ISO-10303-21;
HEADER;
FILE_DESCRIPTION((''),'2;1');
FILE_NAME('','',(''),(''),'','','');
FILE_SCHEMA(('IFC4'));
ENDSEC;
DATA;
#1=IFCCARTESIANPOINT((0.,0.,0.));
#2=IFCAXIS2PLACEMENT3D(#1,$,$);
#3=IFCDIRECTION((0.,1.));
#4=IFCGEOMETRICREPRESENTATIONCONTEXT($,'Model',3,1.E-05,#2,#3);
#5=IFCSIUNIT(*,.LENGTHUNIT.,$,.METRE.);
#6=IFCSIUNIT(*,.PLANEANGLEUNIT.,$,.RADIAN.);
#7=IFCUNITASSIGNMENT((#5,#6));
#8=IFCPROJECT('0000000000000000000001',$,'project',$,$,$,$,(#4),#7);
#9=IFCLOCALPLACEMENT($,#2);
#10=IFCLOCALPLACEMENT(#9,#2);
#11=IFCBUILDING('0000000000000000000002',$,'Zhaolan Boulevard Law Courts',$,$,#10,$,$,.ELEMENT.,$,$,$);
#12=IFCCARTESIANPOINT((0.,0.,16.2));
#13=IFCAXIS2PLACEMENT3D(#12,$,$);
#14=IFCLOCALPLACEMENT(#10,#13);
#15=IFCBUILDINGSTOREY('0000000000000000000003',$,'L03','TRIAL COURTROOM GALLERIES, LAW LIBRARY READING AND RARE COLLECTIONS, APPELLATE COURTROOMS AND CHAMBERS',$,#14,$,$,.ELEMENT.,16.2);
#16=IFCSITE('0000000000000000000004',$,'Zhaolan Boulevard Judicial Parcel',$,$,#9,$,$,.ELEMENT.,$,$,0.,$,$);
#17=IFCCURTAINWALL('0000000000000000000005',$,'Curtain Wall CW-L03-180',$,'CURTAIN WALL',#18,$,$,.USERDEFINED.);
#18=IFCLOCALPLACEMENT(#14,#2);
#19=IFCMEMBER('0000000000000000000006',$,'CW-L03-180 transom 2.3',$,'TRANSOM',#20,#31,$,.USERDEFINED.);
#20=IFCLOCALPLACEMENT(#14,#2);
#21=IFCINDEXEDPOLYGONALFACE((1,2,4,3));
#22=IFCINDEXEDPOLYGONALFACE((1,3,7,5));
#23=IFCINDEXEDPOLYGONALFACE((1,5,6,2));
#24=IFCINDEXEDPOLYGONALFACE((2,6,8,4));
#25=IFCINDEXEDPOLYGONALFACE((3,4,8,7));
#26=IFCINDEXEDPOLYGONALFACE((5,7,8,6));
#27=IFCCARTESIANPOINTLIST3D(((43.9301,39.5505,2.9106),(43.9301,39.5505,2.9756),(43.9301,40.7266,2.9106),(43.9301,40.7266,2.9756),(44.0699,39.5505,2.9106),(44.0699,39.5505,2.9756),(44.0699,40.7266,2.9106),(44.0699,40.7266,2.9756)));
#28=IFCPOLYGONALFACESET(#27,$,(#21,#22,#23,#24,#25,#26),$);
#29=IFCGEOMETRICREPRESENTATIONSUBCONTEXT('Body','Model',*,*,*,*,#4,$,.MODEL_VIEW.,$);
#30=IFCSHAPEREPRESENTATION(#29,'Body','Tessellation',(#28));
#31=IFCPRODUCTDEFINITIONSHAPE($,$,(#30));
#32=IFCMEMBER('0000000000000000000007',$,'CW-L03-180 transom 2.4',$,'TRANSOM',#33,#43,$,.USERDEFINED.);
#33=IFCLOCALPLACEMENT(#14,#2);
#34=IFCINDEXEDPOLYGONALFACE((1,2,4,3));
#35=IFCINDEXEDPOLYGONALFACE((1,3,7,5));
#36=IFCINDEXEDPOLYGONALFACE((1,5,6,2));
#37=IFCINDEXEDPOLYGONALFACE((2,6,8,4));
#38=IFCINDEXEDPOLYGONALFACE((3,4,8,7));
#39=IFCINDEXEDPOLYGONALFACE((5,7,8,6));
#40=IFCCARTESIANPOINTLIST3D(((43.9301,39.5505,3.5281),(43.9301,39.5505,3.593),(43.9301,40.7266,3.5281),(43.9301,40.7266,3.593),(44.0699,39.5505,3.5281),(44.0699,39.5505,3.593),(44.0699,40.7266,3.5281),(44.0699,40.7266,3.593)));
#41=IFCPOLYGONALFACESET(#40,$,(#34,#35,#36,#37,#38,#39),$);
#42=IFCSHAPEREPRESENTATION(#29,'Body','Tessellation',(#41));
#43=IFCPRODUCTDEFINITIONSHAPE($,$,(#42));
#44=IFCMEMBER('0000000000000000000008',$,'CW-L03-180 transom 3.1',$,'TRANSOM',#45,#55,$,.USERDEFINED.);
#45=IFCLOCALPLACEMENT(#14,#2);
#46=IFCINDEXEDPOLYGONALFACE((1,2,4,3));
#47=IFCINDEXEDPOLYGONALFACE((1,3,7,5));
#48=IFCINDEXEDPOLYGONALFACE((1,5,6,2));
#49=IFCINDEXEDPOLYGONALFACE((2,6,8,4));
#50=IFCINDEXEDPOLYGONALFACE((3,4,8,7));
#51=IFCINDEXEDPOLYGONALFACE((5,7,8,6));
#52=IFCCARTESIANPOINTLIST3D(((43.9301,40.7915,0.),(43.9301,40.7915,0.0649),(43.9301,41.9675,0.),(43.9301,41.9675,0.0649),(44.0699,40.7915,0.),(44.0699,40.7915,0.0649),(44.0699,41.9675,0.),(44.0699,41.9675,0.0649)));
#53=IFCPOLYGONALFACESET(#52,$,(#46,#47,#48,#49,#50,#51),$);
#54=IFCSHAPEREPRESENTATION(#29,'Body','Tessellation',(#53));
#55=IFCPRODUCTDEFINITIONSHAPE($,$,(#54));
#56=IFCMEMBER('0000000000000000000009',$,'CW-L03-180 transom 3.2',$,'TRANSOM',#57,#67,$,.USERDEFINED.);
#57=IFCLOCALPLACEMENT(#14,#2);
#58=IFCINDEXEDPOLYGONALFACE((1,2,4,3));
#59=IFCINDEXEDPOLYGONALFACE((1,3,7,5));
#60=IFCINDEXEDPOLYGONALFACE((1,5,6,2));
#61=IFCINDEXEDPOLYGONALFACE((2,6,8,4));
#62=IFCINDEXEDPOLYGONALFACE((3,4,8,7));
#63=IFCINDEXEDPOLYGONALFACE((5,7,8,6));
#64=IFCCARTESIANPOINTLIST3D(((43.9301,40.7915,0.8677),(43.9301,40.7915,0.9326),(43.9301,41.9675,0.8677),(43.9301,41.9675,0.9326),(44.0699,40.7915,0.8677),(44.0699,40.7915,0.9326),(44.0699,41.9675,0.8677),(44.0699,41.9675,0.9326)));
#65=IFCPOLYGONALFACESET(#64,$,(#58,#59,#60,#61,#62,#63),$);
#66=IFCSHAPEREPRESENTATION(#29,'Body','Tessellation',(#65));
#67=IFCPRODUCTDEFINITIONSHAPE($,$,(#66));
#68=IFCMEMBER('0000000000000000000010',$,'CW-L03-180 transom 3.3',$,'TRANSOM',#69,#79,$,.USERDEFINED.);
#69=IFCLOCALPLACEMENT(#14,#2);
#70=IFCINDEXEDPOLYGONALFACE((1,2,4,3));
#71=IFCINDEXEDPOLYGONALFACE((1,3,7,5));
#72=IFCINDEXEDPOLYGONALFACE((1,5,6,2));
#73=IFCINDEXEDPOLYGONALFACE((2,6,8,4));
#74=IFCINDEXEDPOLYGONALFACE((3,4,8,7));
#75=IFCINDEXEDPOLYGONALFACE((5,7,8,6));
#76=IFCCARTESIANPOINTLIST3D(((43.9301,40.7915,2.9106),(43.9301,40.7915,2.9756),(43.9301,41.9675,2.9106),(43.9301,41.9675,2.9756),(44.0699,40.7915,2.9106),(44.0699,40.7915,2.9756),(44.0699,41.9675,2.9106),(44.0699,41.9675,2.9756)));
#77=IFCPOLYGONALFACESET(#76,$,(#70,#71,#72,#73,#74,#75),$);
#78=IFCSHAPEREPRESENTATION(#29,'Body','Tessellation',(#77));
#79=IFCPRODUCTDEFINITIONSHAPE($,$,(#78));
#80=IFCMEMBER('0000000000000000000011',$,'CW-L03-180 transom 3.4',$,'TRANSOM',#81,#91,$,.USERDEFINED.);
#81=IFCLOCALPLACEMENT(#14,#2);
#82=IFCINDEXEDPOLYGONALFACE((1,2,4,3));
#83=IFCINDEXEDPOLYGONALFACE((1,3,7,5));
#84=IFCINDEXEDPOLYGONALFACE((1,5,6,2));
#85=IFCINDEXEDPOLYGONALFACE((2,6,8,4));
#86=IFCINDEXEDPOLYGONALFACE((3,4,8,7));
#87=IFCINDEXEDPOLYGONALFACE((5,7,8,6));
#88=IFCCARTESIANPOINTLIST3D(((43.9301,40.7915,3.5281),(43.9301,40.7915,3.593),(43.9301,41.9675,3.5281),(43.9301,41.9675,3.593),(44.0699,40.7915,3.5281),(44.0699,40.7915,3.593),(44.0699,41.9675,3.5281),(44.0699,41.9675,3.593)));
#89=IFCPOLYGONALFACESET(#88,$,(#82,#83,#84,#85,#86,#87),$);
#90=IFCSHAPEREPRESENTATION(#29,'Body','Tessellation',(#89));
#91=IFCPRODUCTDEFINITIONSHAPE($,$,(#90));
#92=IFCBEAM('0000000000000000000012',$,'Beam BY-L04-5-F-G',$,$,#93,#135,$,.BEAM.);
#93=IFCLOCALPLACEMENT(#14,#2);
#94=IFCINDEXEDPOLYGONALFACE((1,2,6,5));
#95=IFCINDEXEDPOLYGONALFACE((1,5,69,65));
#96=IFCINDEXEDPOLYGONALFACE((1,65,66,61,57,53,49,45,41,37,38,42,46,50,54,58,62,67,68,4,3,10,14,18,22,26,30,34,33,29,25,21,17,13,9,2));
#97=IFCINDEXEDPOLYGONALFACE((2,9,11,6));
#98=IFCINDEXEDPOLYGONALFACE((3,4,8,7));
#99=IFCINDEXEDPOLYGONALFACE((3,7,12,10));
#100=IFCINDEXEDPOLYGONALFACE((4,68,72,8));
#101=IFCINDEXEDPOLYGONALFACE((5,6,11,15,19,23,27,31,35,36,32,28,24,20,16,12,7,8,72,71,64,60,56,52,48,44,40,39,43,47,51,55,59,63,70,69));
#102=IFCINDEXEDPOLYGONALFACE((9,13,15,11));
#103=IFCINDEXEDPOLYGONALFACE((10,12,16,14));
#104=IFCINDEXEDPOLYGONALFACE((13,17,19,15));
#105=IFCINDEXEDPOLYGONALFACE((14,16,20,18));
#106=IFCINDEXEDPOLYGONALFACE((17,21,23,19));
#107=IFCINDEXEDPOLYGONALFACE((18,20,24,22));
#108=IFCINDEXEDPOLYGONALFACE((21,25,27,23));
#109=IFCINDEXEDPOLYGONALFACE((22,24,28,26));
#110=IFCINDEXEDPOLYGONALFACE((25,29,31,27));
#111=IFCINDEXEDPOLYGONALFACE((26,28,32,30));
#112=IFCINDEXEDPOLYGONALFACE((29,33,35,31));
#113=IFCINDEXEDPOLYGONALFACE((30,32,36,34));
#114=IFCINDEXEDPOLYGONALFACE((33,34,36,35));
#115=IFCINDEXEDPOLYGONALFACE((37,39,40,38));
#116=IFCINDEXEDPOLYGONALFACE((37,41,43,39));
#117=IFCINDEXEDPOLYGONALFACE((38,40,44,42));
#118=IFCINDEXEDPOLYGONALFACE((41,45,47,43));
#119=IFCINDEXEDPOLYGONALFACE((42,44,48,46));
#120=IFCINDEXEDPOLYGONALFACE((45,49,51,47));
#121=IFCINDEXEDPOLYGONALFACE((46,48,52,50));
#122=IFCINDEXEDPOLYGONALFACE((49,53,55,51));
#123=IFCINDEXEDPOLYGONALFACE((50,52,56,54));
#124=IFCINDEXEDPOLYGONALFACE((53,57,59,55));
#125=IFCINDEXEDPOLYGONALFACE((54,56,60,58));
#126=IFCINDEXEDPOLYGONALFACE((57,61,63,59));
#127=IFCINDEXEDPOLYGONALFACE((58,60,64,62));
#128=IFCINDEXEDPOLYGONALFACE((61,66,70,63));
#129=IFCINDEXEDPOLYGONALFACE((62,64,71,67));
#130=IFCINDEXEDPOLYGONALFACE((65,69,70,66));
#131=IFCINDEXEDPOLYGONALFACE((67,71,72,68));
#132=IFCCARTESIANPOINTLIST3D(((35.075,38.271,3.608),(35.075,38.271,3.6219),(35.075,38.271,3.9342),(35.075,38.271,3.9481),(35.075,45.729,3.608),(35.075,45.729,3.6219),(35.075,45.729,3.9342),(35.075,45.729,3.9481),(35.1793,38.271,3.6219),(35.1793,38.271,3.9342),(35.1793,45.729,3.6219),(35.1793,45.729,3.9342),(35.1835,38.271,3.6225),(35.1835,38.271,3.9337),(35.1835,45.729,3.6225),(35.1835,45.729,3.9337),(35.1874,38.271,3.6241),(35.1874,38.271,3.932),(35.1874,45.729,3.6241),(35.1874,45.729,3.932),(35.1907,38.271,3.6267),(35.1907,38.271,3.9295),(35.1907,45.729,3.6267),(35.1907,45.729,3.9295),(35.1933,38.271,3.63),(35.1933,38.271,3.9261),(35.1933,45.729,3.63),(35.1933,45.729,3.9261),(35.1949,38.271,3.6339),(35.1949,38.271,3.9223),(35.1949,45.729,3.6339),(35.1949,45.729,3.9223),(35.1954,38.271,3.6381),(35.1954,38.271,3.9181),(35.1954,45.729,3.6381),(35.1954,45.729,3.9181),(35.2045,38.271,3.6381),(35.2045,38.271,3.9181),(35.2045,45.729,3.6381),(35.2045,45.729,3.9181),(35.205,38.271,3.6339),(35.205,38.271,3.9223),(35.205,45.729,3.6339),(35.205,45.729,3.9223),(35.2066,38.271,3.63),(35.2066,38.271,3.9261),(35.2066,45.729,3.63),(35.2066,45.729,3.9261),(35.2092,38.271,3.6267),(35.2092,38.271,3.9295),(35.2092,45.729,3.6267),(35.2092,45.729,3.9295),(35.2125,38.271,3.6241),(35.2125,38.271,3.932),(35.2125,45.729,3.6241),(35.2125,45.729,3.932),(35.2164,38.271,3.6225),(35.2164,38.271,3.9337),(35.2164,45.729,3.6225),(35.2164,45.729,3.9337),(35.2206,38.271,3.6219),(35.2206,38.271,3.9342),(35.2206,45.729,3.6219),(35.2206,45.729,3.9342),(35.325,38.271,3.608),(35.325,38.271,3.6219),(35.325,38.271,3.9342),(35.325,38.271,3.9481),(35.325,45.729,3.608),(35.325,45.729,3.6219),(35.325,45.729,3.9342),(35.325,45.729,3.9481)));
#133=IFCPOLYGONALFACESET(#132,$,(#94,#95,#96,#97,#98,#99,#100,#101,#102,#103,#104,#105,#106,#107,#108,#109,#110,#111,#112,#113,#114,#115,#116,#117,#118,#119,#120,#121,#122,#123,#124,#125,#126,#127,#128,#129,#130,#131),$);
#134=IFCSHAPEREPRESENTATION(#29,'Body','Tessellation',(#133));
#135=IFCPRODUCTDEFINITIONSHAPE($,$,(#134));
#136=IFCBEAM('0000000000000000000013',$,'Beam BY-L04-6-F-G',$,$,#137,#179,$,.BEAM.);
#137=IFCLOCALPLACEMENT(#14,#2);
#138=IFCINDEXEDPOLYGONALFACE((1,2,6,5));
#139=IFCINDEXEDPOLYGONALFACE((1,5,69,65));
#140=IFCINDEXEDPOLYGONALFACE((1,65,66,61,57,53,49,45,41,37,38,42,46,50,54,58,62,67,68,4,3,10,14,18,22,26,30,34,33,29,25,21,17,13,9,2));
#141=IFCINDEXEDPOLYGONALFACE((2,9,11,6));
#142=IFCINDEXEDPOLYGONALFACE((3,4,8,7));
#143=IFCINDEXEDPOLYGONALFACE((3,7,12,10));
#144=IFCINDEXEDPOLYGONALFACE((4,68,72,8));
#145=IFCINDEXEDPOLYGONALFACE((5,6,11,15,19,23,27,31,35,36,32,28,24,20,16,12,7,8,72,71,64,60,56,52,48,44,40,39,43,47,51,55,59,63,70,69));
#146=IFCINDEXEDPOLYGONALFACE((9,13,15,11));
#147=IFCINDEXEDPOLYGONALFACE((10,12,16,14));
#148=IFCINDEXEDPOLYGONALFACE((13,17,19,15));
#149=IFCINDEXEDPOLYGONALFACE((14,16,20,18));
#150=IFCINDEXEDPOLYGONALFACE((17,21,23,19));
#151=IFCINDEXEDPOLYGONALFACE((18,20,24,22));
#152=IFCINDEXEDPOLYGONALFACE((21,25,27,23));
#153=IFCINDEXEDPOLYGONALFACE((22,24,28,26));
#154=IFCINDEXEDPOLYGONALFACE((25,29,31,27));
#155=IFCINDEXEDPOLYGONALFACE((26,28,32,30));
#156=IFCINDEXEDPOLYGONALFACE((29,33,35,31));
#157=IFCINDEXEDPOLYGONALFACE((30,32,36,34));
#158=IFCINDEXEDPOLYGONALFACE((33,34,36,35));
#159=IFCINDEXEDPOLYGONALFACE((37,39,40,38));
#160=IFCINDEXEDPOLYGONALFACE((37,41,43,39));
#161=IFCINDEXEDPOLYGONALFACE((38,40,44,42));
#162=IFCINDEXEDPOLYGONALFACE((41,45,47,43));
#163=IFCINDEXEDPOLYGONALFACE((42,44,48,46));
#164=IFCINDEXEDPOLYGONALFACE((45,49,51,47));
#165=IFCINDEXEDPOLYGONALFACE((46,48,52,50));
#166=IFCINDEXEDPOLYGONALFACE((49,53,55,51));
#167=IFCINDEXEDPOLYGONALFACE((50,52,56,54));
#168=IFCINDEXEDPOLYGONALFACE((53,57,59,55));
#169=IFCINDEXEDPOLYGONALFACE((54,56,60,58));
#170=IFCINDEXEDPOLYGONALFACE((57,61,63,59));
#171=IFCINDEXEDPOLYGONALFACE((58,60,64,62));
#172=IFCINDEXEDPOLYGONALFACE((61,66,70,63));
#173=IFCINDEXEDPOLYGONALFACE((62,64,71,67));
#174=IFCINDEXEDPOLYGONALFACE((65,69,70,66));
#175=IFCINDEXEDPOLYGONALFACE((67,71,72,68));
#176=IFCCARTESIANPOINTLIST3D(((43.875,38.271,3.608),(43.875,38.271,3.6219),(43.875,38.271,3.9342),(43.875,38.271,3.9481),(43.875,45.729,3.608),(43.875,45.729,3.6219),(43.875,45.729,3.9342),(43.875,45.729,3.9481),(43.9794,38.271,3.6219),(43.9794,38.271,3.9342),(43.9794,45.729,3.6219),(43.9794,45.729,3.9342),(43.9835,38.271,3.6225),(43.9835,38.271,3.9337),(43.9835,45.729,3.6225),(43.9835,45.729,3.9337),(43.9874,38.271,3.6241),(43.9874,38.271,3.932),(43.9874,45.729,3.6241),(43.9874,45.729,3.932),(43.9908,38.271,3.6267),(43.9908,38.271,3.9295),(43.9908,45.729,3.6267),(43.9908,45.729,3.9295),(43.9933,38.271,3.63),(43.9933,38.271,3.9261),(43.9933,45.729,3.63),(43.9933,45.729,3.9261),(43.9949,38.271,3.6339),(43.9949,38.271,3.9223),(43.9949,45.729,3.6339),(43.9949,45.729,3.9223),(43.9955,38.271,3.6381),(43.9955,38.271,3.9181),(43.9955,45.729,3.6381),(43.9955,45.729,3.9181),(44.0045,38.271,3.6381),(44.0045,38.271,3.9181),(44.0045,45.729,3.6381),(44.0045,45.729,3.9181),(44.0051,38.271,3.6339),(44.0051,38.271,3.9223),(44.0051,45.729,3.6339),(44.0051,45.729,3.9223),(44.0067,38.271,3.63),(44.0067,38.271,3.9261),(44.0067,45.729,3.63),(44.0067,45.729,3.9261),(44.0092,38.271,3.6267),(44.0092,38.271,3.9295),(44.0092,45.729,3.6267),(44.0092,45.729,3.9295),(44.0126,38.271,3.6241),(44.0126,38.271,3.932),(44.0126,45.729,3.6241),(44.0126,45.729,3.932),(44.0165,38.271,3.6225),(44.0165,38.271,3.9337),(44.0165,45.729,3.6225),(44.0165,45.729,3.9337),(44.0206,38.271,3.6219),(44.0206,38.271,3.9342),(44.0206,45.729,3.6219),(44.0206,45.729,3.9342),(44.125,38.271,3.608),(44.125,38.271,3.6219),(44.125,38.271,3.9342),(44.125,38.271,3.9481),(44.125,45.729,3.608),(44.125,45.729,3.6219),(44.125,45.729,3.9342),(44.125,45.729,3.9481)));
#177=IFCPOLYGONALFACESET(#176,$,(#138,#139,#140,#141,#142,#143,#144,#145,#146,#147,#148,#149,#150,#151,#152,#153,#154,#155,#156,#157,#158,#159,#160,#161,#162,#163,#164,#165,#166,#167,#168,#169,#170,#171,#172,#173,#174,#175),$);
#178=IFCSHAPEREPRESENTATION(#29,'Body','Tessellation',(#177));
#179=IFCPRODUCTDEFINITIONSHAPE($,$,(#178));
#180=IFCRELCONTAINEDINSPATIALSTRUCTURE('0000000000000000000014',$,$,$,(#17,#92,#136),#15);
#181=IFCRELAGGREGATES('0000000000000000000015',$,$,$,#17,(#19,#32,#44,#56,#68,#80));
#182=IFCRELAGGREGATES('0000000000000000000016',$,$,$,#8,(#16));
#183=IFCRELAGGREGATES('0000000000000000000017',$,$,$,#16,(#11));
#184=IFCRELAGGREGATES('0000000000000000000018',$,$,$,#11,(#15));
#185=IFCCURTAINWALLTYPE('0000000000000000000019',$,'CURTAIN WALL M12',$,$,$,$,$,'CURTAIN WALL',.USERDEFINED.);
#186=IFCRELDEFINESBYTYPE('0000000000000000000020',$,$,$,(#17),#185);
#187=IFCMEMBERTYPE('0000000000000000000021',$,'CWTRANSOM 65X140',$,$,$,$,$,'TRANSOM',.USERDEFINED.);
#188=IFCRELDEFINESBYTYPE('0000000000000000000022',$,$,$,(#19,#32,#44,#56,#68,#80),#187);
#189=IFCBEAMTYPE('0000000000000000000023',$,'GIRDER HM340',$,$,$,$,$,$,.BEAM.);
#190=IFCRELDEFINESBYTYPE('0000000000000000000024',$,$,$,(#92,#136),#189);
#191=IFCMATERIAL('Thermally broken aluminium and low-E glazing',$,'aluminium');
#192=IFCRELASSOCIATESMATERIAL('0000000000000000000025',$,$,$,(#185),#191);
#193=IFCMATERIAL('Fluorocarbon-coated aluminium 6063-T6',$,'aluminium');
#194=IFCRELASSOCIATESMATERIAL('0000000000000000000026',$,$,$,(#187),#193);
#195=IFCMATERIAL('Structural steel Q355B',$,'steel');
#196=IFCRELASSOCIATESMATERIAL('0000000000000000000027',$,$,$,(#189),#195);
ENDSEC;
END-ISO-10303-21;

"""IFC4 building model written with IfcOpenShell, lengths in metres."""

from ifc_helpers import new_model, si_unit, direction, frame, origin, origin_2d, place, context, subcontext, project, spatial, rectangle, i_section, extrude, material, material_profile, profile_set, type_object, element, aggregate, save


model = new_model("IFC4")

# Units and contexts
model_context = context("Model", 3, precision=1e-05, world=origin(), true_north=direction((0.0, 1.0)))
body_context = subcontext(model_context, "Body", "Model", "MODEL_VIEW")
ifc_project = project(units=[si_unit("LENGTHUNIT", "METRE"), si_unit("PLANEANGLEUNIT", "RADIAN")], contexts=[model_context])

# Site, building, storey
site_placement = place(None, origin())
site = spatial("IfcSite", under=ifc_project, at=site_placement, Name="Zhaolan Boulevard Judicial Parcel", CompositionType="ELEMENT", RefElevation=0.0)
building_placement = place(site_placement, origin())
building = spatial("IfcBuilding", under=site, at=building_placement, Name="Zhaolan Boulevard Law Courts", CompositionType="ELEMENT")
storey_placement = place(building_placement, frame((0.0, 0.0, 16.2)))
storey = spatial("IfcBuildingStorey", under=building, at=storey_placement, Name="L03", Description="TRIAL COURTROOM GALLERIES, LAW LIBRARY READING AND RARE COLLECTIONS, APPELLATE COURTROOMS AND CHAMBERS", CompositionType="ELEMENT", Elevation=16.2)

# Curtain wall, members
ifc_material_1 = material(Name="Thermally broken aluminium and low-E glazing", Category="aluminium")
curtain_wall_type = type_object("IfcCurtainWallType", Name="CURTAIN WALL M12", ElementType="CURTAIN WALL", PredefinedType="USERDEFINED", material=ifc_material_1)
curtain_wall_placement = place(storey_placement, origin())
curtain_wall = element("IfcCurtainWall", 1, at=curtain_wall_placement, inside=storey, type_object=curtain_wall_type, Name="Curtain Wall CW-L03-180", ObjectType="CURTAIN WALL", PredefinedType="USERDEFINED")
ifc_material_2 = material(Name="Fluorocarbon-coated aluminium 6063-T6", Category="aluminium")
ifc_material_profile_1 = material_profile(ifc_material_2, rectangle(XDim=0.1399, YDim=0.0649, at=origin_2d()), Name="AL65x140")
ifc_profile_set_1 = profile_set([ifc_material_profile_1], Name="Fluorocarbon-coated aluminium 6063-T6")
member_type_1 = type_object("IfcMemberType", Name="CWTRANSOM 65X140", ElementType="TRANSOM", PredefinedType="USERDEFINED", material=ifc_profile_set_1)
member_1_placement = place(storey_placement, frame((44.0, 39.5505, 2.9431), z_axis=(0.0, 1.0, 0.0), x_axis=(-1.0, 0.0, 0.0)))
member_1 = element("IfcMember", 2, at=member_1_placement, type_object=member_type_1, Name="CW-L03-180 transom 2.3", ObjectType="TRANSOM", PredefinedType="USERDEFINED", context=body_context, shape_type="SweptSolid", body=[
    extrude(rectangle(XDim=0.1399, YDim=0.0649, at=origin_2d()), origin(), (0.0, 0.0, 1.0), 1.176),
])
member_2_placement = place(storey_placement, frame((44.0, 39.5505, 3.5605), z_axis=(0.0, 1.0, 0.0), x_axis=(-1.0, 0.0, 0.0)))
member_2 = element("IfcMember", 3, at=member_2_placement, type_object=member_type_1, Name="CW-L03-180 transom 2.4", ObjectType="TRANSOM", PredefinedType="USERDEFINED", context=body_context, shape_type="SweptSolid", body=[
    extrude(rectangle(XDim=0.1399, YDim=0.0649, at=origin_2d()), origin(), (0.0, 0.0, 1.0), 1.176),
])
member_3_placement = place(storey_placement, frame((44.0, 40.7915, 0.0325), z_axis=(0.0, 1.0, 0.0), x_axis=(-1.0, 0.0, 0.0)))
member_3 = element("IfcMember", 4, at=member_3_placement, type_object=member_type_1, Name="CW-L03-180 transom 3.1", ObjectType="TRANSOM", PredefinedType="USERDEFINED", context=body_context, shape_type="SweptSolid", body=[
    extrude(rectangle(XDim=0.1399, YDim=0.0649, at=origin_2d()), origin(), (0.0, 0.0, 1.0), 1.176),
])
member_4_placement = place(storey_placement, frame((44.0, 40.7915, 0.9001), z_axis=(0.0, 1.0, 0.0), x_axis=(-1.0, 0.0, 0.0)))
member_4 = element("IfcMember", 5, at=member_4_placement, type_object=member_type_1, Name="CW-L03-180 transom 3.2", ObjectType="TRANSOM", PredefinedType="USERDEFINED", context=body_context, shape_type="SweptSolid", body=[
    extrude(rectangle(XDim=0.1399, YDim=0.0649, at=origin_2d()), origin(), (0.0, 0.0, 1.0), 1.176),
])
member_5_placement = place(storey_placement, frame((44.0, 40.7915, 2.9431), z_axis=(0.0, 1.0, 0.0), x_axis=(-1.0, 0.0, 0.0)))
member_5 = element("IfcMember", 6, at=member_5_placement, type_object=member_type_1, Name="CW-L03-180 transom 3.3", ObjectType="TRANSOM", PredefinedType="USERDEFINED", context=body_context, shape_type="SweptSolid", body=[
    extrude(rectangle(XDim=0.1399, YDim=0.0649, at=origin_2d()), origin(), (0.0, 0.0, 1.0), 1.176),
])
member_6_placement = place(storey_placement, frame((44.0, 40.7915, 3.5605), z_axis=(0.0, 1.0, 0.0), x_axis=(-1.0, 0.0, 0.0)))
member_6 = element("IfcMember", 7, at=member_6_placement, type_object=member_type_1, Name="CW-L03-180 transom 3.4", ObjectType="TRANSOM", PredefinedType="USERDEFINED", context=body_context, shape_type="SweptSolid", body=[
    extrude(rectangle(XDim=0.1399, YDim=0.0649, at=origin_2d()), origin(), (0.0, 0.0, 1.0), 1.176),
])

# Beams
ifc_material_3 = material(Name="Structural steel Q355B", Category="steel")
ifc_material_profile_2 = material_profile(ifc_material_3, i_section(OverallWidth=0.25, OverallDepth=0.3401, WebThickness=0.009, FlangeThickness=0.0139, FilletRadius=0.0161, at=origin_2d()), Name="HM340x250")
ifc_profile_set_2 = profile_set([ifc_material_profile_2], Name="Structural steel Q355B")
beam_type_1 = type_object("IfcBeamType", Name="GIRDER HM340", PredefinedType="BEAM", material=ifc_profile_set_2)
for number, where, z_axis, x_axis, name in (
    (8, (35.2, 38.271, 3.7781), (0.0, 1.0, 0.0), (-1.0, 0.0, 0.0), "Beam BY-L04-5-F-G"),
    (9, (44.0, 38.271, 3.7781), (0.0, 1.0, 0.0), (-1.0, 0.0, 0.0), "Beam BY-L04-6-F-G"),
):
    element("IfcBeam", number, at=place(storey_placement, frame(where, z_axis=z_axis, x_axis=x_axis)), inside=storey, type_object=beam_type_1, Name=name, PredefinedType="BEAM", context=body_context, shape_type="SweptSolid", body=[
        extrude(i_section(OverallWidth=0.25, OverallDepth=0.3401, WebThickness=0.009, FlangeThickness=0.0139, FilletRadius=0.0161, at=origin_2d()), origin(), (0.0, 0.0, 1.0), 7.458),
    ])

aggregate(curtain_wall, [member_1, member_2, member_3, member_4, member_5, member_6])

save(model, "model.ifc")
